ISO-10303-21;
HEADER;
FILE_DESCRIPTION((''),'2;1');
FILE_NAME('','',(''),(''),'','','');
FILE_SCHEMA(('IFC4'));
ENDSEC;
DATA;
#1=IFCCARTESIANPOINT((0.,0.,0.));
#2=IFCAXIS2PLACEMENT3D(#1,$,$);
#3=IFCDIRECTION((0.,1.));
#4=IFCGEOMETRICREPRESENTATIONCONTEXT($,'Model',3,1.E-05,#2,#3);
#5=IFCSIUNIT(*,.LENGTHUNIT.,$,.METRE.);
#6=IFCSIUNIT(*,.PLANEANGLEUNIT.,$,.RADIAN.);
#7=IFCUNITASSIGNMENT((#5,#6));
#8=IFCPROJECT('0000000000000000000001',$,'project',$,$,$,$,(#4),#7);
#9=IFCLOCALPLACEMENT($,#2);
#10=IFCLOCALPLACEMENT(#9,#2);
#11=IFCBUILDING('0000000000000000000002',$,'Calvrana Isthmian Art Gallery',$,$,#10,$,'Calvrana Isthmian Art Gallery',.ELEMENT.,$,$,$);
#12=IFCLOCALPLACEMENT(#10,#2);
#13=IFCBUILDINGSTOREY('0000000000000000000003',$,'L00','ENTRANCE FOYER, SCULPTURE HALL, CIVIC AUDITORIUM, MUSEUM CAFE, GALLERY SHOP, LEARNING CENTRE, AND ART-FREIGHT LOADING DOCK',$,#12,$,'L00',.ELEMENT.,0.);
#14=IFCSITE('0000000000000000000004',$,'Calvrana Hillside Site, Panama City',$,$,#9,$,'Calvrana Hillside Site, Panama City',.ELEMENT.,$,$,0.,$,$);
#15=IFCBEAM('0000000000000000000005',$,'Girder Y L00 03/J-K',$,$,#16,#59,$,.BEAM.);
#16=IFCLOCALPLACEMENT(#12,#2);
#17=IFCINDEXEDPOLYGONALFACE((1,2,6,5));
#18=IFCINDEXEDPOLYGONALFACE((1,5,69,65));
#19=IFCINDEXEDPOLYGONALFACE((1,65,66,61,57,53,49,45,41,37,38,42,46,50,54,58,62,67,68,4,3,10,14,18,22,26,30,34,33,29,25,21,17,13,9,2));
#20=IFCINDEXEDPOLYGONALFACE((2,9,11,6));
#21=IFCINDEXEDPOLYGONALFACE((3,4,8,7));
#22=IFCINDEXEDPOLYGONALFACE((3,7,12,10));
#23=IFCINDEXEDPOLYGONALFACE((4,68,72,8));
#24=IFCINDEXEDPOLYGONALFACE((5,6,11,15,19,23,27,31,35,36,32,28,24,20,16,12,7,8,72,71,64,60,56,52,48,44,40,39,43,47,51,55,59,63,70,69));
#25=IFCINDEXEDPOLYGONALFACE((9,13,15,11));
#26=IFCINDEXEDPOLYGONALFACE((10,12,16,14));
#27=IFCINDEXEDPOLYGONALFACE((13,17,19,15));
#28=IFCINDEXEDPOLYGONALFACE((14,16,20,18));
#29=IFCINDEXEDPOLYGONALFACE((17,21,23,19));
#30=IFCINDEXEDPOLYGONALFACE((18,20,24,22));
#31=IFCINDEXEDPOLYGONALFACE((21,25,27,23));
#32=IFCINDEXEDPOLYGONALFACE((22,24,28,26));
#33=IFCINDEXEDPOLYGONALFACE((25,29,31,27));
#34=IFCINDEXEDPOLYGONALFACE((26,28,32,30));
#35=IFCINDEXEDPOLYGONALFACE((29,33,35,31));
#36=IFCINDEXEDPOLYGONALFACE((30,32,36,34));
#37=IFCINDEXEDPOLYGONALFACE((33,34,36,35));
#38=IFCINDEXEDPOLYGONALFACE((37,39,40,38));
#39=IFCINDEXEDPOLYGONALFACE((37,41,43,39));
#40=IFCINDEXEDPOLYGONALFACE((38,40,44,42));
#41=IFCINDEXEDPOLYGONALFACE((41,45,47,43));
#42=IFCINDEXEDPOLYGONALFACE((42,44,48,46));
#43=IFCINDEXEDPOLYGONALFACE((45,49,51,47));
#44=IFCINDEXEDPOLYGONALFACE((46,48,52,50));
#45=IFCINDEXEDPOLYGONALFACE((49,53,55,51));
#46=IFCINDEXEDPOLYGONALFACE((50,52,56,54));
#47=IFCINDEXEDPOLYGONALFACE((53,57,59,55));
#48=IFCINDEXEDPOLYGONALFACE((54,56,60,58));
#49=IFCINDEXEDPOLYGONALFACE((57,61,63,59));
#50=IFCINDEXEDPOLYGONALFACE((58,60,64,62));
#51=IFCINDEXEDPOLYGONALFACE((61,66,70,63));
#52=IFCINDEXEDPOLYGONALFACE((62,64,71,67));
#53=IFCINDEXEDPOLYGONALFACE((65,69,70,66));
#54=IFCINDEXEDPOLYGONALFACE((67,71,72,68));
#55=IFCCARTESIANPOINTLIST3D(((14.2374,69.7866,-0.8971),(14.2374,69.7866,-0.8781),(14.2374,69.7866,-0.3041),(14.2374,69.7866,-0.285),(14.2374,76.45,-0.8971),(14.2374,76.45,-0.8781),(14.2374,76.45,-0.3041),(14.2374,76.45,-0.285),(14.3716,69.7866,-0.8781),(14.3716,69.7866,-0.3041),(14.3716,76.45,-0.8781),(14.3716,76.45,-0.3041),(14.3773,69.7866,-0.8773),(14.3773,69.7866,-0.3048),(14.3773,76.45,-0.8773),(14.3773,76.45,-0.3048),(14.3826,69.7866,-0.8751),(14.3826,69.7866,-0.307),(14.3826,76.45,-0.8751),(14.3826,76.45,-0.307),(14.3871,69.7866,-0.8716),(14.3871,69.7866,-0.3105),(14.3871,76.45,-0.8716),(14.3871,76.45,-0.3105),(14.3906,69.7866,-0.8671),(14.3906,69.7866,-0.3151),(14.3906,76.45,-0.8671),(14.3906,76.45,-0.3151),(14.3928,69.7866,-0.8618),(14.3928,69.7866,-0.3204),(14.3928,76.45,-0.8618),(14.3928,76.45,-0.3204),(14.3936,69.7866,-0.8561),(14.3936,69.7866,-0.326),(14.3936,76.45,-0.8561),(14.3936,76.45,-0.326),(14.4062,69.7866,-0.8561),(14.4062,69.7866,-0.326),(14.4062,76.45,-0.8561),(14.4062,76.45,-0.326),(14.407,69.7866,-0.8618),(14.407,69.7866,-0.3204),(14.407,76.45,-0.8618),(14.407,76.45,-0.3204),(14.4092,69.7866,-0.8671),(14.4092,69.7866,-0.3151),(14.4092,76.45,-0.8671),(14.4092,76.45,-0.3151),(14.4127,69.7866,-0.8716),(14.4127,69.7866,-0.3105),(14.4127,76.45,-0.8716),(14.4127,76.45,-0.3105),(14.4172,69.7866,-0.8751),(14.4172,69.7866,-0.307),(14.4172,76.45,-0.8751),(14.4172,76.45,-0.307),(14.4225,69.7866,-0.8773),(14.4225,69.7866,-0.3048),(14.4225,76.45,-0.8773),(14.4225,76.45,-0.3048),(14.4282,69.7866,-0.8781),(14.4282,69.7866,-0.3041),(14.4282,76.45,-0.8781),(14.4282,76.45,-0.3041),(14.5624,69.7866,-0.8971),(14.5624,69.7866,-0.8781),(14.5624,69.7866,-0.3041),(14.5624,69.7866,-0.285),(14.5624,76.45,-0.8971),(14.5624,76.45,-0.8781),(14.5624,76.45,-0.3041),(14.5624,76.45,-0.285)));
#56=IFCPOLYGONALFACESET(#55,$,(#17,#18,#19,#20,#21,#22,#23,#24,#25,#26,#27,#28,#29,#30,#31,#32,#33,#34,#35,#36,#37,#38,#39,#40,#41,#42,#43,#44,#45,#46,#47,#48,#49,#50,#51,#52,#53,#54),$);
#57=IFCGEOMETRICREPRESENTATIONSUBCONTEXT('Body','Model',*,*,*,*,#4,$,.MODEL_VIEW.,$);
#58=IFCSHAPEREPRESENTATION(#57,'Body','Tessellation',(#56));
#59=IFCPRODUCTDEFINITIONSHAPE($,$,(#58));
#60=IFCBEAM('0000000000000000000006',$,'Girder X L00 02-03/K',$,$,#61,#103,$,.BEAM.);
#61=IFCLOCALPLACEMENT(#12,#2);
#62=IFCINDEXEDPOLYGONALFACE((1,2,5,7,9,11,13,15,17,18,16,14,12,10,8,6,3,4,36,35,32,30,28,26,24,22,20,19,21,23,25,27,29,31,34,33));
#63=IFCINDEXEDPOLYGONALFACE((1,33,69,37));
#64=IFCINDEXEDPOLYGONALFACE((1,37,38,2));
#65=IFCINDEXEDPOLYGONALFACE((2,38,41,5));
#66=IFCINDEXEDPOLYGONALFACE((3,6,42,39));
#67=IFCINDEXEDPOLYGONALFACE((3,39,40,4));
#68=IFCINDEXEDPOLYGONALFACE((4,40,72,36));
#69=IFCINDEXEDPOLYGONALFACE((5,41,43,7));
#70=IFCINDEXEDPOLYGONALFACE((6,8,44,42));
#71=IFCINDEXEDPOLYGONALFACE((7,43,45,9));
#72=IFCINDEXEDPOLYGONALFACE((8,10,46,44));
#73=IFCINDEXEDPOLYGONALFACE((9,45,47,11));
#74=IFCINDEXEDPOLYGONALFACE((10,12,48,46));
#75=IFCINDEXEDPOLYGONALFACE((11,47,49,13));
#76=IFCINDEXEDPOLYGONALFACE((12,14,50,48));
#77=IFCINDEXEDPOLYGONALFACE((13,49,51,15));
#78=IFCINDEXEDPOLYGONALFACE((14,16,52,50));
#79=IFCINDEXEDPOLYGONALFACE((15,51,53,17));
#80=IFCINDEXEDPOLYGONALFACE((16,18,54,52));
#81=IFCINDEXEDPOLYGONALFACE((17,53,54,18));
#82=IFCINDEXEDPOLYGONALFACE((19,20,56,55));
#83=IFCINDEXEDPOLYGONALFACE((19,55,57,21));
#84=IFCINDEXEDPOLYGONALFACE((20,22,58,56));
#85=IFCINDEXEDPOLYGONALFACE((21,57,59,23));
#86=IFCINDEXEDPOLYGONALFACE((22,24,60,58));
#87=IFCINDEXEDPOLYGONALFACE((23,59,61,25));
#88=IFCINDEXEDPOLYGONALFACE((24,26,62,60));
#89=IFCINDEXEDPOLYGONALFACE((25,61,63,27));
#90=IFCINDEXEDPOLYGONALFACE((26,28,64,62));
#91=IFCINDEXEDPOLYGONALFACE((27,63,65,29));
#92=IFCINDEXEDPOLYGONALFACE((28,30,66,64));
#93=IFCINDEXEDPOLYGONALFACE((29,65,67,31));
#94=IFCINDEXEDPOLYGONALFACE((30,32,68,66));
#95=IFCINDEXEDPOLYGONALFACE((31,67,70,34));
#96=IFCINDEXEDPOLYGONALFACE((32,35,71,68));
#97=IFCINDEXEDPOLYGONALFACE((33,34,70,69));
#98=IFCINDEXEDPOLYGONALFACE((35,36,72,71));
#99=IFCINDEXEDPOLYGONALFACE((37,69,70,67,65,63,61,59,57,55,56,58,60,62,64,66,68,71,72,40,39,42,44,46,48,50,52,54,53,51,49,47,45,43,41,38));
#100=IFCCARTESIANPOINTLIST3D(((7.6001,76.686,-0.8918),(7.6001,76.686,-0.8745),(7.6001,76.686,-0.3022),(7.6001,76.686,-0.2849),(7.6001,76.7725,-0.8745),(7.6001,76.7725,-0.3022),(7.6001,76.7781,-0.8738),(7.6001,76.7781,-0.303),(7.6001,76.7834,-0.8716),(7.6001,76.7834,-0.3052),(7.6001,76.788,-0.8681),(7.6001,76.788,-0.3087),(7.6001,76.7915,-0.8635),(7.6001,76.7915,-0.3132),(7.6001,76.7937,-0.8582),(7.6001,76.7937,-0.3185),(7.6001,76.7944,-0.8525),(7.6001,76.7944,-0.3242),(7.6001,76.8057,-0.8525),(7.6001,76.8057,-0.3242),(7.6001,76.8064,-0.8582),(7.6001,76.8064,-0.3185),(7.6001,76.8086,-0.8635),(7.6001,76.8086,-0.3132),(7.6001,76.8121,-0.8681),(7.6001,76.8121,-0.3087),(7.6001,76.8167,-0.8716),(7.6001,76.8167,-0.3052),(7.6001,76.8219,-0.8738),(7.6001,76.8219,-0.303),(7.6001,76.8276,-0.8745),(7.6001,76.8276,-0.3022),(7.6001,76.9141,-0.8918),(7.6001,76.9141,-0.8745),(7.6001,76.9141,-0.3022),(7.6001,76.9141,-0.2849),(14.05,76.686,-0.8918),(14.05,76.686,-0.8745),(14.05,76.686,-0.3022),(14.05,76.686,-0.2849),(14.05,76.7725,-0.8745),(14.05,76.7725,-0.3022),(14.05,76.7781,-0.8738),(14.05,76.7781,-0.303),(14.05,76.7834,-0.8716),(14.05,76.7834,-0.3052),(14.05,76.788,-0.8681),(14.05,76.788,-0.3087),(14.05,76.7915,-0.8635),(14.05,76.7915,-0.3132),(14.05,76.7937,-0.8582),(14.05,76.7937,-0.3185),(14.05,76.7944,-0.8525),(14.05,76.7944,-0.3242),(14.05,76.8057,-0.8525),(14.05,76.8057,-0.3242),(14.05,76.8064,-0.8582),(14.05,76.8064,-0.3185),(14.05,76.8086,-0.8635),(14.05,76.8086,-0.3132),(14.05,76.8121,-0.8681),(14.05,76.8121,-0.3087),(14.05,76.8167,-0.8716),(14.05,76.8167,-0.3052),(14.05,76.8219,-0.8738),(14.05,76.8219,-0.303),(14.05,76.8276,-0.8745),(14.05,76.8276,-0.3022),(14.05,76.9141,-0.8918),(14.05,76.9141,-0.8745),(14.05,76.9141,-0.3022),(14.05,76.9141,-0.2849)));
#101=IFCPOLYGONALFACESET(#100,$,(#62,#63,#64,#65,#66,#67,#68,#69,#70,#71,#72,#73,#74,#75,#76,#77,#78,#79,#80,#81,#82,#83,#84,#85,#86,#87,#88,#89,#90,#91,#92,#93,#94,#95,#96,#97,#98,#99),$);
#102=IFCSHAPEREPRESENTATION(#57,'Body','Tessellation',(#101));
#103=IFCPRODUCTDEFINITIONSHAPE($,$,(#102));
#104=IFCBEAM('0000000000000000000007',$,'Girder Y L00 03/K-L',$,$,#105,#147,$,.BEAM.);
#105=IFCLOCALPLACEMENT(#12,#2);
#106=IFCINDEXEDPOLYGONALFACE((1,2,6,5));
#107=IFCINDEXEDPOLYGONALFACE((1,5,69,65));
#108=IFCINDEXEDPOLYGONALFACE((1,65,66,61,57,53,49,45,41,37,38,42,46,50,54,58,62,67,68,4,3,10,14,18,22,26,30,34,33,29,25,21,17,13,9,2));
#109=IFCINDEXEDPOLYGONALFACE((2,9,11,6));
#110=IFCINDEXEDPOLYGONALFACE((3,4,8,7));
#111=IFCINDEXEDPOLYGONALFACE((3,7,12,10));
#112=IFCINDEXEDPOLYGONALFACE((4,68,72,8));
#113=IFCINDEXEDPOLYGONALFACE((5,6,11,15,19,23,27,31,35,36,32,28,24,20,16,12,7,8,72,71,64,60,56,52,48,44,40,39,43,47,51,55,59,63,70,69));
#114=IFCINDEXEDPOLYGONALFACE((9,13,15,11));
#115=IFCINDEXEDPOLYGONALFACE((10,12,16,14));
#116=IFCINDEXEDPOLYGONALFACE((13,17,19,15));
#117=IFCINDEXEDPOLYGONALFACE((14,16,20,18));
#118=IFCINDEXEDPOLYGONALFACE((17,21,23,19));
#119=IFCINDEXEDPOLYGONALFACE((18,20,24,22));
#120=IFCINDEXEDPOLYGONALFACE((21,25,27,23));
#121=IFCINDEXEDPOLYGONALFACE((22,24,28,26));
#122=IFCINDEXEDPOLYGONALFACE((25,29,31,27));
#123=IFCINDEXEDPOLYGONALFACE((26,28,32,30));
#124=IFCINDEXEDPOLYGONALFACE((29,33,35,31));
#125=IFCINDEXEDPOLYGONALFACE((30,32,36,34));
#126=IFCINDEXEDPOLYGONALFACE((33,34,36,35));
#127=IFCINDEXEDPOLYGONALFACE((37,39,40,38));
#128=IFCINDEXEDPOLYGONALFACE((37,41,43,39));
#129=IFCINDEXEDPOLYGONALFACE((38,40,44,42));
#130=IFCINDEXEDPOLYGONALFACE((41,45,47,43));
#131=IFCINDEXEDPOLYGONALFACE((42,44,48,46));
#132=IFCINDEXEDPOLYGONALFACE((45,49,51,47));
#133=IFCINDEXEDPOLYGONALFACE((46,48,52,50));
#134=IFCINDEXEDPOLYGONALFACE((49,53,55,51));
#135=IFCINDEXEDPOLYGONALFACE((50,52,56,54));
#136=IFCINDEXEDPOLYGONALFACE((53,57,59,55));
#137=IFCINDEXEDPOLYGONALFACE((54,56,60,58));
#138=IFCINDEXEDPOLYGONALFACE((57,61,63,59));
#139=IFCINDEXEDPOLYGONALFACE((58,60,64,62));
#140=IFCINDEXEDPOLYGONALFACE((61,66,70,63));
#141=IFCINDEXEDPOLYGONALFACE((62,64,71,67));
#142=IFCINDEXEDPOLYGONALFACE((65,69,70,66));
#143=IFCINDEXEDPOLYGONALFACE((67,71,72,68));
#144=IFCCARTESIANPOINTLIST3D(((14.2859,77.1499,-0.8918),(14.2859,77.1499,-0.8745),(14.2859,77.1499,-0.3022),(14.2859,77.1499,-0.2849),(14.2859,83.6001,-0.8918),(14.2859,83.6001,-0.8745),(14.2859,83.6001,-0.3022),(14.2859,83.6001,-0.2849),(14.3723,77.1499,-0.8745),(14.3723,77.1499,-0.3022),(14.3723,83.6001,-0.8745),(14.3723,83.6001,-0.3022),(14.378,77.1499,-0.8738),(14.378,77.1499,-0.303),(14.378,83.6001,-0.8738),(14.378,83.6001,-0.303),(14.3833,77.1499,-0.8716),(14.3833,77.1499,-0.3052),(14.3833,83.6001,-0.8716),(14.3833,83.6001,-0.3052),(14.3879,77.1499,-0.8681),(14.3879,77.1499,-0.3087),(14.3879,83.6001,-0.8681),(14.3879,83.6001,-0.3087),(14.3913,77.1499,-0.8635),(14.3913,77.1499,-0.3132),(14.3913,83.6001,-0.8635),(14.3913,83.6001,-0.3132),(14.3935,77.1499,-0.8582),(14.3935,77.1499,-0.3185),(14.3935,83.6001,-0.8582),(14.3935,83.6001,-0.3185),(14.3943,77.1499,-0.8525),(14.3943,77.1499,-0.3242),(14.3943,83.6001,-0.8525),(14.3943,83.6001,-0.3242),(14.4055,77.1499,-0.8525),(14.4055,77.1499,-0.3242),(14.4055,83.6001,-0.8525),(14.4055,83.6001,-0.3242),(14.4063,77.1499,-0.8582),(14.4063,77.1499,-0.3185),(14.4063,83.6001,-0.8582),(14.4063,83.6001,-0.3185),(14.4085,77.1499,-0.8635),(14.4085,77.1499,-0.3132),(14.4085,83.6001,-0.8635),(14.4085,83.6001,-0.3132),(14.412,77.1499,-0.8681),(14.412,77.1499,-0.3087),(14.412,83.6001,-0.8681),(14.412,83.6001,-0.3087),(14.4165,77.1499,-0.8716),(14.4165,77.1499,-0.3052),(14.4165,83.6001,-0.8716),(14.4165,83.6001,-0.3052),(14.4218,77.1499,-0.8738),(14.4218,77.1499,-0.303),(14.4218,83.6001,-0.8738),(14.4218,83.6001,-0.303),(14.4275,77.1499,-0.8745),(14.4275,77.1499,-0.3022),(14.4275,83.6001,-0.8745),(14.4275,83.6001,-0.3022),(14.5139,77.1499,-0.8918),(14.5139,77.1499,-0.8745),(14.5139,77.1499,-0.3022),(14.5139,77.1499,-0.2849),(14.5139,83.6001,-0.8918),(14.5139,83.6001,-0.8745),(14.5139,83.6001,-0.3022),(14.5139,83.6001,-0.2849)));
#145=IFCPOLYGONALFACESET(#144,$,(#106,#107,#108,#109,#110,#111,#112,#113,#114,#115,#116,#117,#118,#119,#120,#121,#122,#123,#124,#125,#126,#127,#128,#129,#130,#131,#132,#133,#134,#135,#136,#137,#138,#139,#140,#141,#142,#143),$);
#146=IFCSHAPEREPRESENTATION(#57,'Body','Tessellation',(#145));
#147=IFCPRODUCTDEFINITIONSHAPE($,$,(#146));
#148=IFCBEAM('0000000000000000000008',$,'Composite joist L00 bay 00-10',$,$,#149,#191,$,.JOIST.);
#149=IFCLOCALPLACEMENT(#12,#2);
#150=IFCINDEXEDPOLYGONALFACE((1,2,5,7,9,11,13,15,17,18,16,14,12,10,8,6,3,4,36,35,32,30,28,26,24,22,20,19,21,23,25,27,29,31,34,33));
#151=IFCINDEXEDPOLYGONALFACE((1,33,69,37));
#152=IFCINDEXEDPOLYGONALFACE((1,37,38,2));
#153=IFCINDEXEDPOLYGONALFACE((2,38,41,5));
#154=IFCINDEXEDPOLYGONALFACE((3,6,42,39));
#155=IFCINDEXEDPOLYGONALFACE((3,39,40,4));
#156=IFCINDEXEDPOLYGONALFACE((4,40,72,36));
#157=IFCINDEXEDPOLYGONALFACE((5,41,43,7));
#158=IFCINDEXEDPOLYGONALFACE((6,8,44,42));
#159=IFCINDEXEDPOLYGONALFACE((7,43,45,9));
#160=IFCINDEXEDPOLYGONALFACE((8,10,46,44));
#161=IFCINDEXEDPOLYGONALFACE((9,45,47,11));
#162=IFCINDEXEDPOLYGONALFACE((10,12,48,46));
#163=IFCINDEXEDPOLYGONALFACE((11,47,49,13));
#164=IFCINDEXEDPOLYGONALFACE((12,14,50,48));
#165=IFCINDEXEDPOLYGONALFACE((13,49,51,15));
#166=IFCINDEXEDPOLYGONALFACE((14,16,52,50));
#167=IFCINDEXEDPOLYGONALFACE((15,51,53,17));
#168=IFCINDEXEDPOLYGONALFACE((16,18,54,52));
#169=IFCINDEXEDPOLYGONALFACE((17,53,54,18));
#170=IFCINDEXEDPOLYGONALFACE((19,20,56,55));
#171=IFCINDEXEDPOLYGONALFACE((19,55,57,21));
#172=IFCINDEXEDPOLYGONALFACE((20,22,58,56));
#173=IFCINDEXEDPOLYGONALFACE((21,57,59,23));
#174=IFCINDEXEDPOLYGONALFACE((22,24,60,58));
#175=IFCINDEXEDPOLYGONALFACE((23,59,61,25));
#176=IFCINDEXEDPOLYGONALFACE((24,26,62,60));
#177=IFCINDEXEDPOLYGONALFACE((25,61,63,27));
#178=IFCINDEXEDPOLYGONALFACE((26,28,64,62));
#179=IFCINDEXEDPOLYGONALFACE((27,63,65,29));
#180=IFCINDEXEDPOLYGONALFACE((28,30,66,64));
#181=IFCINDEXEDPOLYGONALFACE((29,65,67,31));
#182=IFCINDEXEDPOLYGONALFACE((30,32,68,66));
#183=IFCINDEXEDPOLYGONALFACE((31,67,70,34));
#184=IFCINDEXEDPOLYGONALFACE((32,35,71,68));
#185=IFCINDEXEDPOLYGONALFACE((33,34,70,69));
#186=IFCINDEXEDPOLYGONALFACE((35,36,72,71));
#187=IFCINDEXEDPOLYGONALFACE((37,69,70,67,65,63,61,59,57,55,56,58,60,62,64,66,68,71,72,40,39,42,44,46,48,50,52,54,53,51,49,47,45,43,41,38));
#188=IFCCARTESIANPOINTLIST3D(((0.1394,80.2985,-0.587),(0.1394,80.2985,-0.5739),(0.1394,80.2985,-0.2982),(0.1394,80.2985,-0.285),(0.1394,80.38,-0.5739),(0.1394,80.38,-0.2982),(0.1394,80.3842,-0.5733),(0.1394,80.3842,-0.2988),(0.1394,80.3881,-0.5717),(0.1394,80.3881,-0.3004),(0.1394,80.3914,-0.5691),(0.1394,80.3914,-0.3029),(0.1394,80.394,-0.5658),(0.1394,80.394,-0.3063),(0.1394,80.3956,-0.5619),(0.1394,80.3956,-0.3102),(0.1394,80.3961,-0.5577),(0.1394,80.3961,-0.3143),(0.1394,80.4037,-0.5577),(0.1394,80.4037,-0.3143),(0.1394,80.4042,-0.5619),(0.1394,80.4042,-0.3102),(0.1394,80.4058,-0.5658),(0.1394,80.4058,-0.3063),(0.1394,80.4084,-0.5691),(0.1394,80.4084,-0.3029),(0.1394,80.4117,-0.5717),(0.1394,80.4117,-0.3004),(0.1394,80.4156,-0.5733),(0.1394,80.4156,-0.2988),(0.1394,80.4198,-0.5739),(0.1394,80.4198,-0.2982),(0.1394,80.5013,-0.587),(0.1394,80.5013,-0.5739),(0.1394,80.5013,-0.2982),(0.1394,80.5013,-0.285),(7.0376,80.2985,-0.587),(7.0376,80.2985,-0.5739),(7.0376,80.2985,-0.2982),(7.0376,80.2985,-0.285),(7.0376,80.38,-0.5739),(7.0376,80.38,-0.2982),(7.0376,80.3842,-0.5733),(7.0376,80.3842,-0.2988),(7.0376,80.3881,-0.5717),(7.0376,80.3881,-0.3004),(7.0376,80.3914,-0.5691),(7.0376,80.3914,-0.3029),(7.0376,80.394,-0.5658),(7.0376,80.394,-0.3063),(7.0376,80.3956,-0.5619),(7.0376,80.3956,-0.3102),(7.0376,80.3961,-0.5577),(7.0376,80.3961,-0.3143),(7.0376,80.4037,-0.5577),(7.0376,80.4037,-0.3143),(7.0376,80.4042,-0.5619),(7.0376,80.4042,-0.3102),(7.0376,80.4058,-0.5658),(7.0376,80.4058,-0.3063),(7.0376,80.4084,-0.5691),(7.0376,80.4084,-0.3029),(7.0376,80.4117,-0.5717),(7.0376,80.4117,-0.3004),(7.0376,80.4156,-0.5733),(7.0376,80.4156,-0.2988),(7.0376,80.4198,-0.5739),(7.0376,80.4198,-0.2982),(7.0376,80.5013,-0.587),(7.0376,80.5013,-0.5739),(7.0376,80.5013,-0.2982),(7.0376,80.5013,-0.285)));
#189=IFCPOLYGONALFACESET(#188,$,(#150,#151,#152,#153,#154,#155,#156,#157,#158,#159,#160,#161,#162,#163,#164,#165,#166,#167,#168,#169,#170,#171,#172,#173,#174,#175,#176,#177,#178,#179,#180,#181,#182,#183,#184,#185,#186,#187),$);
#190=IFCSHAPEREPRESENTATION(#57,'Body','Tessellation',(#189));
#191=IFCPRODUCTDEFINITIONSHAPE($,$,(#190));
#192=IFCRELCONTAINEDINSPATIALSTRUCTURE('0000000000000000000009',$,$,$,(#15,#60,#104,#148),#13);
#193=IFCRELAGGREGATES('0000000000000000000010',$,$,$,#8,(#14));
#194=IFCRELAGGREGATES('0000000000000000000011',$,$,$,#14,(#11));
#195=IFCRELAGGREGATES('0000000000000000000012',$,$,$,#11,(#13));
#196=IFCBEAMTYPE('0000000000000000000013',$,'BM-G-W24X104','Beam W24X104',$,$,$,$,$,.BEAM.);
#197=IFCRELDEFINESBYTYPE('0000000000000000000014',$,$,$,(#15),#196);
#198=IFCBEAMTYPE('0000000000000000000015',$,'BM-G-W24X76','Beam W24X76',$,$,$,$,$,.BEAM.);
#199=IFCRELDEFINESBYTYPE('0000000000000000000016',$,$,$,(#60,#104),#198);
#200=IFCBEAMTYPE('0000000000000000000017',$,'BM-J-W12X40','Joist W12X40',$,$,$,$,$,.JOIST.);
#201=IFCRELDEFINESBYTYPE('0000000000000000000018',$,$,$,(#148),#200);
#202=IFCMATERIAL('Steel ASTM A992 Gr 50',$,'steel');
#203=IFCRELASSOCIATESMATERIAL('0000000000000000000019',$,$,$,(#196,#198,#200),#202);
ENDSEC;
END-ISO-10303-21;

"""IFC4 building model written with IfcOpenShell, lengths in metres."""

from ifc_helpers import new_model, si_unit, direction, frame, origin, origin_2d, place, context, subcontext, project, spatial, i_section, extrude, material, material_profile, profile_set, type_object, element, save


model = new_model("IFC4")

# Units and contexts
model_context = context("Model", 3, precision=1e-05, world=origin(), true_north=direction((0.0, 1.0)))
body_context = subcontext(model_context, "Body", "Model", "MODEL_VIEW")
ifc_project = project(units=[si_unit("LENGTHUNIT", "METRE"), si_unit("PLANEANGLEUNIT", "RADIAN")], contexts=[model_context])

# Site, building, storey
site_placement = place(None, origin())
site = spatial("IfcSite", under=ifc_project, at=site_placement, Name="Calvrana Hillside Site, Panama City", LongName="Calvrana Hillside Site, Panama City", CompositionType="ELEMENT", RefElevation=0.0)
building_placement = place(site_placement, origin())
building = spatial("IfcBuilding", under=site, at=building_placement, Name="Calvrana Isthmian Art Gallery", LongName="Calvrana Isthmian Art Gallery", CompositionType="ELEMENT")
storey_placement = place(building_placement, origin())
storey = spatial("IfcBuildingStorey", under=building, at=storey_placement, Name="L00", Description="ENTRANCE FOYER, SCULPTURE HALL, CIVIC AUDITORIUM, MUSEUM CAFE, GALLERY SHOP, LEARNING CENTRE, AND ART-FREIGHT LOADING DOCK", LongName="L00", CompositionType="ELEMENT", Elevation=0.0)

# Beams
ifc_material_1 = material(Name="Steel ASTM A992 Gr 50", Category="steel")
ifc_material_profile_1 = material_profile(ifc_material_1, i_section(OverallWidth=0.325, OverallDepth=0.6121, WebThickness=0.0127, FlangeThickness=0.019, FilletRadius=0.022, at=origin_2d()), Name="W24X104")
ifc_profile_set_1 = profile_set([ifc_material_profile_1], Name="Steel ASTM A992 Gr 50")
beam_type_1 = type_object("IfcBeamType", Name="BM-G-W24X104", Description="Beam W24X104", PredefinedType="BEAM", material=ifc_profile_set_1)
beam_1_placement = place(storey_placement, frame((14.3999, 69.7866, -0.5911), z_axis=(0.0, 1.0, 0.0), x_axis=(-1.0, 0.0, 0.0)))
element("IfcBeam", 1, at=beam_1_placement, inside=storey, type_object=beam_type_1, Name="Girder Y L00 03/J-K", PredefinedType="BEAM", context=body_context, shape_type="SweptSolid", body=[
    extrude(i_section(OverallWidth=0.325, OverallDepth=0.6121, WebThickness=0.0127, FlangeThickness=0.019, FilletRadius=0.022, at=origin_2d()), origin(), (0.0, 0.0, 1.0), 6.6633),
])
ifc_material_profile_2 = material_profile(ifc_material_1, i_section(OverallWidth=0.228, OverallDepth=0.6069, WebThickness=0.0112, FlangeThickness=0.0173, FilletRadius=0.022, at=origin_2d()), Name="W24X76")
ifc_profile_set_2 = profile_set([ifc_material_profile_2], Name="Steel ASTM A992 Gr 50")
beam_type_2 = type_object("IfcBeamType", Name="BM-G-W24X76", Description="Beam W24X76", PredefinedType="BEAM", material=ifc_profile_set_2)
beam_2_placement = place(storey_placement, frame((7.6001, 76.8, -0.5884), z_axis=(1.0, 0.0, 0.0), x_axis=(0.0, 1.0, 0.0)))
element("IfcBeam", 2, at=beam_2_placement, inside=storey, type_object=beam_type_2, Name="Girder X L00 02-03/K", PredefinedType="BEAM", context=body_context, shape_type="SweptSolid", body=[
    extrude(i_section(OverallWidth=0.228, OverallDepth=0.6069, WebThickness=0.0112, FlangeThickness=0.0173, FilletRadius=0.022, at=origin_2d()), origin(), (0.0, 0.0, 1.0), 6.45),
])
beam_3_placement = place(storey_placement, frame((14.3999, 77.1499, -0.5884), z_axis=(0.0, 1.0, 0.0), x_axis=(-1.0, 0.0, 0.0)))
element("IfcBeam", 3, at=beam_3_placement, inside=storey, type_object=beam_type_2, Name="Girder Y L00 03/K-L", PredefinedType="BEAM", context=body_context, shape_type="SweptSolid", body=[
    extrude(i_section(OverallWidth=0.228, OverallDepth=0.6069, WebThickness=0.0112, FlangeThickness=0.0173, FilletRadius=0.022, at=origin_2d()), origin(), (0.0, 0.0, 1.0), 6.4502),
])
ifc_material_profile_3 = material_profile(ifc_material_1, i_section(OverallWidth=0.2029, OverallDepth=0.302, WebThickness=0.0076, FlangeThickness=0.0132, FilletRadius=0.0161, at=origin_2d()), Name="W12X40")
ifc_profile_set_3 = profile_set([ifc_material_profile_3], Name="Steel ASTM A992 Gr 50")
beam_type_3 = type_object("IfcBeamType", Name="BM-J-W12X40", Description="Joist W12X40", PredefinedType="JOIST", material=ifc_profile_set_3)
beam_4_placement = place(storey_placement, frame((0.1394, 80.3999, -0.436), z_axis=(1.0, 0.0, 0.0), x_axis=(0.0, 1.0, 0.0)))
element("IfcBeam", 4, at=beam_4_placement, inside=storey, type_object=beam_type_3, Name="Composite joist L00 bay 00-10", PredefinedType="JOIST", context=body_context, shape_type="SweptSolid", body=[
    extrude(i_section(OverallWidth=0.2029, OverallDepth=0.302, WebThickness=0.0076, FlangeThickness=0.0132, FilletRadius=0.0161, at=origin_2d()), origin(), (0.0, 0.0, 1.0), 6.8982),
])

save(model, "model.ifc")
